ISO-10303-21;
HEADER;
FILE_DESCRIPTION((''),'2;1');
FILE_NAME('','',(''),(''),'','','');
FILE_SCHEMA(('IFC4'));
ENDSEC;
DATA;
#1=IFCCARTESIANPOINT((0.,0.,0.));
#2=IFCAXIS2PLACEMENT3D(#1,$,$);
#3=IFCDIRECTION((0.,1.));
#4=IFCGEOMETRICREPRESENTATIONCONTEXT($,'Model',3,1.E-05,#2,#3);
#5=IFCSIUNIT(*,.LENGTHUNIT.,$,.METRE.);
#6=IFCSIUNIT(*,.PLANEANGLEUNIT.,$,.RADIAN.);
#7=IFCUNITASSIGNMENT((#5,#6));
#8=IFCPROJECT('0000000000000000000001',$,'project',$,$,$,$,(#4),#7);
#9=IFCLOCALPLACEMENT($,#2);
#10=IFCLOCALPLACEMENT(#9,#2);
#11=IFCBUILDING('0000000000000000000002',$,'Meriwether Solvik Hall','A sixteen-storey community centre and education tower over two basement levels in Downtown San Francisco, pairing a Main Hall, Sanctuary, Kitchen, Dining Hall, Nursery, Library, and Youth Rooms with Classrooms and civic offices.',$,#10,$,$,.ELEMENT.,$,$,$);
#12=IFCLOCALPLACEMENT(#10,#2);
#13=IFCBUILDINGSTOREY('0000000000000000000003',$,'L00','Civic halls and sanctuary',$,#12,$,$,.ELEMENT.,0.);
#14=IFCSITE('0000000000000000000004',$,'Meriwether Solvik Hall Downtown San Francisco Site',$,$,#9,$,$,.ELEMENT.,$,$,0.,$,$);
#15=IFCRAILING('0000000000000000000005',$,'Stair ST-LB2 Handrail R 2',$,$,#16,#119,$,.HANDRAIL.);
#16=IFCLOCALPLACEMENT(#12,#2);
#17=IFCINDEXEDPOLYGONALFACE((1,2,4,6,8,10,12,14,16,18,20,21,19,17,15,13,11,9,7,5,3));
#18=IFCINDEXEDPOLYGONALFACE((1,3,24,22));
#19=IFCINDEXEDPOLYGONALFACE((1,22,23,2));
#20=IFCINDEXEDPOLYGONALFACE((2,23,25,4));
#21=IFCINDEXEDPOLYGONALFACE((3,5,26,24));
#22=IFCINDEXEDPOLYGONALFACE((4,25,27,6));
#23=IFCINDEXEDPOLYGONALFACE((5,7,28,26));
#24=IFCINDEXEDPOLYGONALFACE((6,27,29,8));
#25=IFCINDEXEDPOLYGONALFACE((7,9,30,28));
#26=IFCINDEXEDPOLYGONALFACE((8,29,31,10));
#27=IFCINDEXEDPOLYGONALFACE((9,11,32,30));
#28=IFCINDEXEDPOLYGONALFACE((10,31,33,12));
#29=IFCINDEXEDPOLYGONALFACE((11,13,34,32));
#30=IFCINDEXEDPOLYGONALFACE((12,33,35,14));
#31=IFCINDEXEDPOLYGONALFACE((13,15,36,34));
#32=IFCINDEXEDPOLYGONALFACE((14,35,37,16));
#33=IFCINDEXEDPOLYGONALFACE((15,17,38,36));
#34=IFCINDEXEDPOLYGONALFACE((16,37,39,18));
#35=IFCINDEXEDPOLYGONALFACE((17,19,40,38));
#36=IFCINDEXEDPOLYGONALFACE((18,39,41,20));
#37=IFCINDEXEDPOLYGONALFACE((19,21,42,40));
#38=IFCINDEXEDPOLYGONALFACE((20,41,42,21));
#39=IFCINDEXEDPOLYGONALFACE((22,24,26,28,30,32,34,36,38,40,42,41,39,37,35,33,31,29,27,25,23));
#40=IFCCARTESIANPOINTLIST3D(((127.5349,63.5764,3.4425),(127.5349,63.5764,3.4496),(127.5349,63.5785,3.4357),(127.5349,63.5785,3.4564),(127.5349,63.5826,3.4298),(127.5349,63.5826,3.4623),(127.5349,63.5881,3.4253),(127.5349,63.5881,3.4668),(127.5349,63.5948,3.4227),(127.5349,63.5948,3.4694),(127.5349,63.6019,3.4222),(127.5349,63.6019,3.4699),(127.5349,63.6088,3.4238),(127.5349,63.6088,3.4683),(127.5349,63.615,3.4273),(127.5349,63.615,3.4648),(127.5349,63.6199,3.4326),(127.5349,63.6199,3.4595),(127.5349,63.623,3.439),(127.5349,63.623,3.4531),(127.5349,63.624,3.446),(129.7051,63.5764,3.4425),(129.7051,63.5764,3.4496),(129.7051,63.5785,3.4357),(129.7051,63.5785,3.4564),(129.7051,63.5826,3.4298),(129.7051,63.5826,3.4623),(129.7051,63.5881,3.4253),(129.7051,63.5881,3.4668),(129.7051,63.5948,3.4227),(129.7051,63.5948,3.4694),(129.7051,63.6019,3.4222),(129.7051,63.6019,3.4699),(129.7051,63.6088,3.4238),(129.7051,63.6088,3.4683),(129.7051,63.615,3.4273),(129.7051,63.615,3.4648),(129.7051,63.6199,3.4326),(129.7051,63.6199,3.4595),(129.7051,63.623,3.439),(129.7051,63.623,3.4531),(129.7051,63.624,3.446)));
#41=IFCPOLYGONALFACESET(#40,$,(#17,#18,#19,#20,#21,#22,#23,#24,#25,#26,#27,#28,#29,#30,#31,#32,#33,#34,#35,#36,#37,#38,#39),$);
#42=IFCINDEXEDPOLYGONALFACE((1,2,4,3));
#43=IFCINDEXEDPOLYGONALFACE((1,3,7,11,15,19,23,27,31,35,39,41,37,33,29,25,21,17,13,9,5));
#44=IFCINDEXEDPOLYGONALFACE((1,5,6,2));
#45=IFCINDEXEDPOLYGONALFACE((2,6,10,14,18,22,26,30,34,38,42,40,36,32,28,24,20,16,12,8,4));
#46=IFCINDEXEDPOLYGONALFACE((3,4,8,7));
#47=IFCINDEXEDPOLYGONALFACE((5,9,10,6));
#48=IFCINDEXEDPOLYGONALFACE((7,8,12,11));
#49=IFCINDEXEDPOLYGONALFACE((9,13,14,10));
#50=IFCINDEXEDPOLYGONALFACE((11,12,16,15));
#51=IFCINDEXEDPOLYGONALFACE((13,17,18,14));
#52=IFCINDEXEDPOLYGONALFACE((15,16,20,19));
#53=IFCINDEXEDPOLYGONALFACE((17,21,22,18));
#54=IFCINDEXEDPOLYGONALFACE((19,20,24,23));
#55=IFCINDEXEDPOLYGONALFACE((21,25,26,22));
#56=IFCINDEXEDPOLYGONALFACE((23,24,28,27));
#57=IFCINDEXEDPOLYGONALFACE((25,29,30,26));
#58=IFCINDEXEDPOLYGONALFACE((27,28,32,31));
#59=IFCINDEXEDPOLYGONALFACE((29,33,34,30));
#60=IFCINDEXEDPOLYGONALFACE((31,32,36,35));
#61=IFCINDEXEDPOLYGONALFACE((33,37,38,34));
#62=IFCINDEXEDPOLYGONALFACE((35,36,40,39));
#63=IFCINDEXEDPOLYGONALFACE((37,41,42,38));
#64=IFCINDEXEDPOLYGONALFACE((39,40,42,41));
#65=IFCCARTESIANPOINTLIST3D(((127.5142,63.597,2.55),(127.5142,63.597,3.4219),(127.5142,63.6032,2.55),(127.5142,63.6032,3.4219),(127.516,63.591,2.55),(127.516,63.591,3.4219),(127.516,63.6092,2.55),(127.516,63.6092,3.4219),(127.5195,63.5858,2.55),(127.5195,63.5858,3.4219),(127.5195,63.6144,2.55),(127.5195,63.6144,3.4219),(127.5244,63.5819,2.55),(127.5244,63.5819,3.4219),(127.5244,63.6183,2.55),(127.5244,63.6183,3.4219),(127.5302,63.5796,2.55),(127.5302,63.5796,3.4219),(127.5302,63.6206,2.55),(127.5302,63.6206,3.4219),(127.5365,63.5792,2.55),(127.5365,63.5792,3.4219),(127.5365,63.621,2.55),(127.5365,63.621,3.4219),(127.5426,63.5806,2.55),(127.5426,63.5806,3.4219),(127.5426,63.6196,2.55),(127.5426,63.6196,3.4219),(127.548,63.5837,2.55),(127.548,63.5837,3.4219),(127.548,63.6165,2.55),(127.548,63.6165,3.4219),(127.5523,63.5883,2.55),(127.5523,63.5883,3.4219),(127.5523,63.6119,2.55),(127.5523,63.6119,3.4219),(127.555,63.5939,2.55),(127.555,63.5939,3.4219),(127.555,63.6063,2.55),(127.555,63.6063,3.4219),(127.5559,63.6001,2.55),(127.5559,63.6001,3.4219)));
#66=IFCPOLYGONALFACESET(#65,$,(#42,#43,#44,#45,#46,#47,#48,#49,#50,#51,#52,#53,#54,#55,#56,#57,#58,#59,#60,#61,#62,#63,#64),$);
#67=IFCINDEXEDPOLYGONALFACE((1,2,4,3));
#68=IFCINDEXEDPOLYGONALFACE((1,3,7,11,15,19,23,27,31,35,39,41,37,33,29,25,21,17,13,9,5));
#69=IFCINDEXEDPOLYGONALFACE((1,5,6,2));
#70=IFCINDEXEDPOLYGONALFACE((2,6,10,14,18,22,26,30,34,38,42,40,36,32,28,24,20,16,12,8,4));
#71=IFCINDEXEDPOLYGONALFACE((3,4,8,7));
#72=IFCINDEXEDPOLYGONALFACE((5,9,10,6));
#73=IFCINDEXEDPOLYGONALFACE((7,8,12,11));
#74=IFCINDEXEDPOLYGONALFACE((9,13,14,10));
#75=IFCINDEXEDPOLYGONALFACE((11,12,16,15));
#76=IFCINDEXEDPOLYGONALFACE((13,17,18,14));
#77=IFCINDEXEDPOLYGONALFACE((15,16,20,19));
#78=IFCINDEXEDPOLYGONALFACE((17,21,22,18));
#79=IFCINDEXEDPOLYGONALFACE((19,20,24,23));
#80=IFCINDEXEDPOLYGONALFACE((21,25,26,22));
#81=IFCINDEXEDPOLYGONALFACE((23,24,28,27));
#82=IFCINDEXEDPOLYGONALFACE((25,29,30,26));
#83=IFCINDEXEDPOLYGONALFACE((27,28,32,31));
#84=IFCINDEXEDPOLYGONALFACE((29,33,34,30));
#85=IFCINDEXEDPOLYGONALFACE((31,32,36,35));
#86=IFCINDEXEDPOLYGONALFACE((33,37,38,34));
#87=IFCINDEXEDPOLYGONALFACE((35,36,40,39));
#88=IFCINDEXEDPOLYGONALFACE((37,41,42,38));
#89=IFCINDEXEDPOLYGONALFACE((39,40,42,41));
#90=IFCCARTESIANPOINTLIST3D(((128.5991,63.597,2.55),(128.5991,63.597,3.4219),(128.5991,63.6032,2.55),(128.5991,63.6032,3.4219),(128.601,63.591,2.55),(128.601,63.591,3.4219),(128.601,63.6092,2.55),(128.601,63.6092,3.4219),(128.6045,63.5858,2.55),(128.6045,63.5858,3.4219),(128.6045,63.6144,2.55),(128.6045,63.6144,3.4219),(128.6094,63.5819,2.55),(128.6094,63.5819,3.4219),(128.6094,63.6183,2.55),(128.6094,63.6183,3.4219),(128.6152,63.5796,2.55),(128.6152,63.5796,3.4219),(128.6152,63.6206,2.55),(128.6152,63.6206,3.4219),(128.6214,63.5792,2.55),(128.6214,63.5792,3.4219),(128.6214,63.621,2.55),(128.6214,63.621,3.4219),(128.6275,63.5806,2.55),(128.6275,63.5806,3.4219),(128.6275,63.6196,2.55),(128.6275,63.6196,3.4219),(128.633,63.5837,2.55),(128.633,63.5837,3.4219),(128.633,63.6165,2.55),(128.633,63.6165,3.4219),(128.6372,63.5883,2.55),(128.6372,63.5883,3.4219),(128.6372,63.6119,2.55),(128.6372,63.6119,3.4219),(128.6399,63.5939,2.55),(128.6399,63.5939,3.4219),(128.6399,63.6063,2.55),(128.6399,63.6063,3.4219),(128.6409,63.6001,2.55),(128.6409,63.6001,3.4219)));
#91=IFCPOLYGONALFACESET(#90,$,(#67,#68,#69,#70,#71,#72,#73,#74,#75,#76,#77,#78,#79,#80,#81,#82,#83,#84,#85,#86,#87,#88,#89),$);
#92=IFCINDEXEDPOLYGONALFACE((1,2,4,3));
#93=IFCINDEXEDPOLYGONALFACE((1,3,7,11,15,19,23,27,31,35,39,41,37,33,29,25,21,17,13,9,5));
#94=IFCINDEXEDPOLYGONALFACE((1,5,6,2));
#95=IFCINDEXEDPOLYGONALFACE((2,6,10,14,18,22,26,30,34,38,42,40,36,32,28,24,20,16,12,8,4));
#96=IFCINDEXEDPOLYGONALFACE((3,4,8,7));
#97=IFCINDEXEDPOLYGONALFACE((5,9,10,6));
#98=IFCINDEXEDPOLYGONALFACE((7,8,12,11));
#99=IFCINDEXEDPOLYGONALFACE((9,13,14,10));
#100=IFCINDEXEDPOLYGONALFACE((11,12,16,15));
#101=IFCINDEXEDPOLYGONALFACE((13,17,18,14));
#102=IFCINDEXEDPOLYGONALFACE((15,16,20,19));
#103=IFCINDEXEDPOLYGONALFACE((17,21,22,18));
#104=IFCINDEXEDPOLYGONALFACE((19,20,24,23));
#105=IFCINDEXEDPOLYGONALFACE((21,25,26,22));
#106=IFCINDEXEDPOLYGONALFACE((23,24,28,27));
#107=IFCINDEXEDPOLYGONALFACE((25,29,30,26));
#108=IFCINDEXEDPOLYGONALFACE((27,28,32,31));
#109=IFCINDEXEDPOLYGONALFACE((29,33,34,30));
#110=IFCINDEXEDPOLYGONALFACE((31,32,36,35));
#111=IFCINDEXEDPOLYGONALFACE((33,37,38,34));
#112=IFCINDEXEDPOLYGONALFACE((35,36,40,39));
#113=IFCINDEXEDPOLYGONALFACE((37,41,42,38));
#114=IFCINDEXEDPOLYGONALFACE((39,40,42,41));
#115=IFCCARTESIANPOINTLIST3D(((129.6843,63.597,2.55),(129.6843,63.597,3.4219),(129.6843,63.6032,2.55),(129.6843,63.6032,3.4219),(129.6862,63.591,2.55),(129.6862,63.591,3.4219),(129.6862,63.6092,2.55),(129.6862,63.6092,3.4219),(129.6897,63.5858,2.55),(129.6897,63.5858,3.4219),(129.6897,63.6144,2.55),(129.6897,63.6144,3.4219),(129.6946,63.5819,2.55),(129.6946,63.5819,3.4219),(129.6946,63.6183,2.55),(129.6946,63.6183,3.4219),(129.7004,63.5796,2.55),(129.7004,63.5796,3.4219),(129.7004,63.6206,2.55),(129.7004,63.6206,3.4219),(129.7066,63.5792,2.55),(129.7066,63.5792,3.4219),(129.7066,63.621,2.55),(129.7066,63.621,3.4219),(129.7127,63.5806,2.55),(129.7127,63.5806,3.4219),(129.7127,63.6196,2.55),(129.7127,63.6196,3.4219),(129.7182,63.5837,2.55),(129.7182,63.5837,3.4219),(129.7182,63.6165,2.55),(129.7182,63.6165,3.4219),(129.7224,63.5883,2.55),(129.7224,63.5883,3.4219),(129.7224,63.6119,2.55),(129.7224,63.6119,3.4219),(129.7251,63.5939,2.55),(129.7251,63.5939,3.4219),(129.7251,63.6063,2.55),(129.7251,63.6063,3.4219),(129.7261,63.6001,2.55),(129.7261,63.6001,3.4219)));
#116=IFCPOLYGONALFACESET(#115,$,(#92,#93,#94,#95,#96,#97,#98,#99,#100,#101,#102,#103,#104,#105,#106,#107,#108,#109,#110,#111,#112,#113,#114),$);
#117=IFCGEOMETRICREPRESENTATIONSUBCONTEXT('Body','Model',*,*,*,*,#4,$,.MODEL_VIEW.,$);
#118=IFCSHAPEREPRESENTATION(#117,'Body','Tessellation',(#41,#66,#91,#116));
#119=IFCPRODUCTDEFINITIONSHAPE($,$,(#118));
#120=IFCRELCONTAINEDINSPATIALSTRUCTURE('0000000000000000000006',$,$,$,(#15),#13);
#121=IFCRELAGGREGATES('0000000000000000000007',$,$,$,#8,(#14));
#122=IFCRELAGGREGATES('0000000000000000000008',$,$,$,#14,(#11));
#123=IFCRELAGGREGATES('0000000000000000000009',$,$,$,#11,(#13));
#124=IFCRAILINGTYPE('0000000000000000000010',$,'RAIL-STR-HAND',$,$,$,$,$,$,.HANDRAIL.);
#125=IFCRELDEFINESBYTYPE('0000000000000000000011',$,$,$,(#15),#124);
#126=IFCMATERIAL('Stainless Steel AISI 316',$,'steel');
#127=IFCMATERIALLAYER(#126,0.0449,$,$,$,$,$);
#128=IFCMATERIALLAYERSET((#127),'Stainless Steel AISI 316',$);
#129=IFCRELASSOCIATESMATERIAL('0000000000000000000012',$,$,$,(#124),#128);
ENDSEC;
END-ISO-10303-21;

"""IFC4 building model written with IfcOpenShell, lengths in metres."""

from ifc_helpers import new_model, si_unit, direction, frame, origin, origin_2d, place, context, subcontext, project, spatial, circle, extrude, material, layer, layer_set, type_object, element, save


model = new_model("IFC4")

# Units and contexts
model_context = context("Model", 3, precision=1e-05, world=origin(), true_north=direction((0.0, 1.0)))
body_context = subcontext(model_context, "Body", "Model", "MODEL_VIEW")
ifc_project = project(units=[si_unit("LENGTHUNIT", "METRE"), si_unit("PLANEANGLEUNIT", "RADIAN")], contexts=[model_context])

# Site, building, storey
site_placement = place(None, origin())
site = spatial("IfcSite", under=ifc_project, at=site_placement, Name="Meriwether Solvik Hall Downtown San Francisco Site", CompositionType="ELEMENT", RefElevation=0.0)
building_placement = place(site_placement, origin())
building = spatial("IfcBuilding", under=site, at=building_placement, Name="Meriwether Solvik Hall", Description="A sixteen-storey community centre and education tower over two basement levels in Downtown San Francisco, pairing a Main Hall, Sanctuary, Kitchen, Dining Hall, Nursery, Library, and Youth Rooms with Classrooms and civic offices.", CompositionType="ELEMENT")
storey_placement = place(building_placement, origin())
storey = spatial("IfcBuildingStorey", under=building, at=storey_placement, Name="L00", Description="Civic halls and sanctuary", CompositionType="ELEMENT", Elevation=0.0)

# Railing
ifc_material_1 = material(Name="Stainless Steel AISI 316", Category="steel")
ifc_layer_1 = layer(ifc_material_1, 0.0449)
ifc_layer_set_1 = layer_set([ifc_layer_1], Name="Stainless Steel AISI 316")
railing_type_1 = type_object("IfcRailingType", Name="RAIL-STR-HAND", PredefinedType="HANDRAIL", material=ifc_layer_set_1)
railing_1_placement = place(storey_placement, frame((127.5349, 63.6001, 2.55)))
element("IfcRailing", 1, at=railing_1_placement, inside=storey, type_object=railing_type_1, Name="Stair ST-LB2 Handrail R 2", PredefinedType="HANDRAIL", context=body_context, shape_type="SweptSolid", body=[
    extrude(circle(Radius=0.0239, at=origin_2d()), frame((0.0, 0.0, 0.896), z_axis=(1.0, 0.0, 0.0), x_axis=(0.0, 1.0, 0.0)), (0.0, 0.0, 1.0), 2.1702),
    extrude(circle(Radius=0.021, at=origin_2d()), origin(), (0.0, 0.0, 1.0), 0.8718),
    extrude(circle(Radius=0.021, at=origin_2d()), frame((1.085, 0.0, 0.0)), (0.0, 0.0, 1.0), 0.8718),
    extrude(circle(Radius=0.021, at=origin_2d()), frame((2.1702, 0.0, 0.0)), (0.0, 0.0, 1.0), 0.8718),
])

save(model, "model.ifc")
